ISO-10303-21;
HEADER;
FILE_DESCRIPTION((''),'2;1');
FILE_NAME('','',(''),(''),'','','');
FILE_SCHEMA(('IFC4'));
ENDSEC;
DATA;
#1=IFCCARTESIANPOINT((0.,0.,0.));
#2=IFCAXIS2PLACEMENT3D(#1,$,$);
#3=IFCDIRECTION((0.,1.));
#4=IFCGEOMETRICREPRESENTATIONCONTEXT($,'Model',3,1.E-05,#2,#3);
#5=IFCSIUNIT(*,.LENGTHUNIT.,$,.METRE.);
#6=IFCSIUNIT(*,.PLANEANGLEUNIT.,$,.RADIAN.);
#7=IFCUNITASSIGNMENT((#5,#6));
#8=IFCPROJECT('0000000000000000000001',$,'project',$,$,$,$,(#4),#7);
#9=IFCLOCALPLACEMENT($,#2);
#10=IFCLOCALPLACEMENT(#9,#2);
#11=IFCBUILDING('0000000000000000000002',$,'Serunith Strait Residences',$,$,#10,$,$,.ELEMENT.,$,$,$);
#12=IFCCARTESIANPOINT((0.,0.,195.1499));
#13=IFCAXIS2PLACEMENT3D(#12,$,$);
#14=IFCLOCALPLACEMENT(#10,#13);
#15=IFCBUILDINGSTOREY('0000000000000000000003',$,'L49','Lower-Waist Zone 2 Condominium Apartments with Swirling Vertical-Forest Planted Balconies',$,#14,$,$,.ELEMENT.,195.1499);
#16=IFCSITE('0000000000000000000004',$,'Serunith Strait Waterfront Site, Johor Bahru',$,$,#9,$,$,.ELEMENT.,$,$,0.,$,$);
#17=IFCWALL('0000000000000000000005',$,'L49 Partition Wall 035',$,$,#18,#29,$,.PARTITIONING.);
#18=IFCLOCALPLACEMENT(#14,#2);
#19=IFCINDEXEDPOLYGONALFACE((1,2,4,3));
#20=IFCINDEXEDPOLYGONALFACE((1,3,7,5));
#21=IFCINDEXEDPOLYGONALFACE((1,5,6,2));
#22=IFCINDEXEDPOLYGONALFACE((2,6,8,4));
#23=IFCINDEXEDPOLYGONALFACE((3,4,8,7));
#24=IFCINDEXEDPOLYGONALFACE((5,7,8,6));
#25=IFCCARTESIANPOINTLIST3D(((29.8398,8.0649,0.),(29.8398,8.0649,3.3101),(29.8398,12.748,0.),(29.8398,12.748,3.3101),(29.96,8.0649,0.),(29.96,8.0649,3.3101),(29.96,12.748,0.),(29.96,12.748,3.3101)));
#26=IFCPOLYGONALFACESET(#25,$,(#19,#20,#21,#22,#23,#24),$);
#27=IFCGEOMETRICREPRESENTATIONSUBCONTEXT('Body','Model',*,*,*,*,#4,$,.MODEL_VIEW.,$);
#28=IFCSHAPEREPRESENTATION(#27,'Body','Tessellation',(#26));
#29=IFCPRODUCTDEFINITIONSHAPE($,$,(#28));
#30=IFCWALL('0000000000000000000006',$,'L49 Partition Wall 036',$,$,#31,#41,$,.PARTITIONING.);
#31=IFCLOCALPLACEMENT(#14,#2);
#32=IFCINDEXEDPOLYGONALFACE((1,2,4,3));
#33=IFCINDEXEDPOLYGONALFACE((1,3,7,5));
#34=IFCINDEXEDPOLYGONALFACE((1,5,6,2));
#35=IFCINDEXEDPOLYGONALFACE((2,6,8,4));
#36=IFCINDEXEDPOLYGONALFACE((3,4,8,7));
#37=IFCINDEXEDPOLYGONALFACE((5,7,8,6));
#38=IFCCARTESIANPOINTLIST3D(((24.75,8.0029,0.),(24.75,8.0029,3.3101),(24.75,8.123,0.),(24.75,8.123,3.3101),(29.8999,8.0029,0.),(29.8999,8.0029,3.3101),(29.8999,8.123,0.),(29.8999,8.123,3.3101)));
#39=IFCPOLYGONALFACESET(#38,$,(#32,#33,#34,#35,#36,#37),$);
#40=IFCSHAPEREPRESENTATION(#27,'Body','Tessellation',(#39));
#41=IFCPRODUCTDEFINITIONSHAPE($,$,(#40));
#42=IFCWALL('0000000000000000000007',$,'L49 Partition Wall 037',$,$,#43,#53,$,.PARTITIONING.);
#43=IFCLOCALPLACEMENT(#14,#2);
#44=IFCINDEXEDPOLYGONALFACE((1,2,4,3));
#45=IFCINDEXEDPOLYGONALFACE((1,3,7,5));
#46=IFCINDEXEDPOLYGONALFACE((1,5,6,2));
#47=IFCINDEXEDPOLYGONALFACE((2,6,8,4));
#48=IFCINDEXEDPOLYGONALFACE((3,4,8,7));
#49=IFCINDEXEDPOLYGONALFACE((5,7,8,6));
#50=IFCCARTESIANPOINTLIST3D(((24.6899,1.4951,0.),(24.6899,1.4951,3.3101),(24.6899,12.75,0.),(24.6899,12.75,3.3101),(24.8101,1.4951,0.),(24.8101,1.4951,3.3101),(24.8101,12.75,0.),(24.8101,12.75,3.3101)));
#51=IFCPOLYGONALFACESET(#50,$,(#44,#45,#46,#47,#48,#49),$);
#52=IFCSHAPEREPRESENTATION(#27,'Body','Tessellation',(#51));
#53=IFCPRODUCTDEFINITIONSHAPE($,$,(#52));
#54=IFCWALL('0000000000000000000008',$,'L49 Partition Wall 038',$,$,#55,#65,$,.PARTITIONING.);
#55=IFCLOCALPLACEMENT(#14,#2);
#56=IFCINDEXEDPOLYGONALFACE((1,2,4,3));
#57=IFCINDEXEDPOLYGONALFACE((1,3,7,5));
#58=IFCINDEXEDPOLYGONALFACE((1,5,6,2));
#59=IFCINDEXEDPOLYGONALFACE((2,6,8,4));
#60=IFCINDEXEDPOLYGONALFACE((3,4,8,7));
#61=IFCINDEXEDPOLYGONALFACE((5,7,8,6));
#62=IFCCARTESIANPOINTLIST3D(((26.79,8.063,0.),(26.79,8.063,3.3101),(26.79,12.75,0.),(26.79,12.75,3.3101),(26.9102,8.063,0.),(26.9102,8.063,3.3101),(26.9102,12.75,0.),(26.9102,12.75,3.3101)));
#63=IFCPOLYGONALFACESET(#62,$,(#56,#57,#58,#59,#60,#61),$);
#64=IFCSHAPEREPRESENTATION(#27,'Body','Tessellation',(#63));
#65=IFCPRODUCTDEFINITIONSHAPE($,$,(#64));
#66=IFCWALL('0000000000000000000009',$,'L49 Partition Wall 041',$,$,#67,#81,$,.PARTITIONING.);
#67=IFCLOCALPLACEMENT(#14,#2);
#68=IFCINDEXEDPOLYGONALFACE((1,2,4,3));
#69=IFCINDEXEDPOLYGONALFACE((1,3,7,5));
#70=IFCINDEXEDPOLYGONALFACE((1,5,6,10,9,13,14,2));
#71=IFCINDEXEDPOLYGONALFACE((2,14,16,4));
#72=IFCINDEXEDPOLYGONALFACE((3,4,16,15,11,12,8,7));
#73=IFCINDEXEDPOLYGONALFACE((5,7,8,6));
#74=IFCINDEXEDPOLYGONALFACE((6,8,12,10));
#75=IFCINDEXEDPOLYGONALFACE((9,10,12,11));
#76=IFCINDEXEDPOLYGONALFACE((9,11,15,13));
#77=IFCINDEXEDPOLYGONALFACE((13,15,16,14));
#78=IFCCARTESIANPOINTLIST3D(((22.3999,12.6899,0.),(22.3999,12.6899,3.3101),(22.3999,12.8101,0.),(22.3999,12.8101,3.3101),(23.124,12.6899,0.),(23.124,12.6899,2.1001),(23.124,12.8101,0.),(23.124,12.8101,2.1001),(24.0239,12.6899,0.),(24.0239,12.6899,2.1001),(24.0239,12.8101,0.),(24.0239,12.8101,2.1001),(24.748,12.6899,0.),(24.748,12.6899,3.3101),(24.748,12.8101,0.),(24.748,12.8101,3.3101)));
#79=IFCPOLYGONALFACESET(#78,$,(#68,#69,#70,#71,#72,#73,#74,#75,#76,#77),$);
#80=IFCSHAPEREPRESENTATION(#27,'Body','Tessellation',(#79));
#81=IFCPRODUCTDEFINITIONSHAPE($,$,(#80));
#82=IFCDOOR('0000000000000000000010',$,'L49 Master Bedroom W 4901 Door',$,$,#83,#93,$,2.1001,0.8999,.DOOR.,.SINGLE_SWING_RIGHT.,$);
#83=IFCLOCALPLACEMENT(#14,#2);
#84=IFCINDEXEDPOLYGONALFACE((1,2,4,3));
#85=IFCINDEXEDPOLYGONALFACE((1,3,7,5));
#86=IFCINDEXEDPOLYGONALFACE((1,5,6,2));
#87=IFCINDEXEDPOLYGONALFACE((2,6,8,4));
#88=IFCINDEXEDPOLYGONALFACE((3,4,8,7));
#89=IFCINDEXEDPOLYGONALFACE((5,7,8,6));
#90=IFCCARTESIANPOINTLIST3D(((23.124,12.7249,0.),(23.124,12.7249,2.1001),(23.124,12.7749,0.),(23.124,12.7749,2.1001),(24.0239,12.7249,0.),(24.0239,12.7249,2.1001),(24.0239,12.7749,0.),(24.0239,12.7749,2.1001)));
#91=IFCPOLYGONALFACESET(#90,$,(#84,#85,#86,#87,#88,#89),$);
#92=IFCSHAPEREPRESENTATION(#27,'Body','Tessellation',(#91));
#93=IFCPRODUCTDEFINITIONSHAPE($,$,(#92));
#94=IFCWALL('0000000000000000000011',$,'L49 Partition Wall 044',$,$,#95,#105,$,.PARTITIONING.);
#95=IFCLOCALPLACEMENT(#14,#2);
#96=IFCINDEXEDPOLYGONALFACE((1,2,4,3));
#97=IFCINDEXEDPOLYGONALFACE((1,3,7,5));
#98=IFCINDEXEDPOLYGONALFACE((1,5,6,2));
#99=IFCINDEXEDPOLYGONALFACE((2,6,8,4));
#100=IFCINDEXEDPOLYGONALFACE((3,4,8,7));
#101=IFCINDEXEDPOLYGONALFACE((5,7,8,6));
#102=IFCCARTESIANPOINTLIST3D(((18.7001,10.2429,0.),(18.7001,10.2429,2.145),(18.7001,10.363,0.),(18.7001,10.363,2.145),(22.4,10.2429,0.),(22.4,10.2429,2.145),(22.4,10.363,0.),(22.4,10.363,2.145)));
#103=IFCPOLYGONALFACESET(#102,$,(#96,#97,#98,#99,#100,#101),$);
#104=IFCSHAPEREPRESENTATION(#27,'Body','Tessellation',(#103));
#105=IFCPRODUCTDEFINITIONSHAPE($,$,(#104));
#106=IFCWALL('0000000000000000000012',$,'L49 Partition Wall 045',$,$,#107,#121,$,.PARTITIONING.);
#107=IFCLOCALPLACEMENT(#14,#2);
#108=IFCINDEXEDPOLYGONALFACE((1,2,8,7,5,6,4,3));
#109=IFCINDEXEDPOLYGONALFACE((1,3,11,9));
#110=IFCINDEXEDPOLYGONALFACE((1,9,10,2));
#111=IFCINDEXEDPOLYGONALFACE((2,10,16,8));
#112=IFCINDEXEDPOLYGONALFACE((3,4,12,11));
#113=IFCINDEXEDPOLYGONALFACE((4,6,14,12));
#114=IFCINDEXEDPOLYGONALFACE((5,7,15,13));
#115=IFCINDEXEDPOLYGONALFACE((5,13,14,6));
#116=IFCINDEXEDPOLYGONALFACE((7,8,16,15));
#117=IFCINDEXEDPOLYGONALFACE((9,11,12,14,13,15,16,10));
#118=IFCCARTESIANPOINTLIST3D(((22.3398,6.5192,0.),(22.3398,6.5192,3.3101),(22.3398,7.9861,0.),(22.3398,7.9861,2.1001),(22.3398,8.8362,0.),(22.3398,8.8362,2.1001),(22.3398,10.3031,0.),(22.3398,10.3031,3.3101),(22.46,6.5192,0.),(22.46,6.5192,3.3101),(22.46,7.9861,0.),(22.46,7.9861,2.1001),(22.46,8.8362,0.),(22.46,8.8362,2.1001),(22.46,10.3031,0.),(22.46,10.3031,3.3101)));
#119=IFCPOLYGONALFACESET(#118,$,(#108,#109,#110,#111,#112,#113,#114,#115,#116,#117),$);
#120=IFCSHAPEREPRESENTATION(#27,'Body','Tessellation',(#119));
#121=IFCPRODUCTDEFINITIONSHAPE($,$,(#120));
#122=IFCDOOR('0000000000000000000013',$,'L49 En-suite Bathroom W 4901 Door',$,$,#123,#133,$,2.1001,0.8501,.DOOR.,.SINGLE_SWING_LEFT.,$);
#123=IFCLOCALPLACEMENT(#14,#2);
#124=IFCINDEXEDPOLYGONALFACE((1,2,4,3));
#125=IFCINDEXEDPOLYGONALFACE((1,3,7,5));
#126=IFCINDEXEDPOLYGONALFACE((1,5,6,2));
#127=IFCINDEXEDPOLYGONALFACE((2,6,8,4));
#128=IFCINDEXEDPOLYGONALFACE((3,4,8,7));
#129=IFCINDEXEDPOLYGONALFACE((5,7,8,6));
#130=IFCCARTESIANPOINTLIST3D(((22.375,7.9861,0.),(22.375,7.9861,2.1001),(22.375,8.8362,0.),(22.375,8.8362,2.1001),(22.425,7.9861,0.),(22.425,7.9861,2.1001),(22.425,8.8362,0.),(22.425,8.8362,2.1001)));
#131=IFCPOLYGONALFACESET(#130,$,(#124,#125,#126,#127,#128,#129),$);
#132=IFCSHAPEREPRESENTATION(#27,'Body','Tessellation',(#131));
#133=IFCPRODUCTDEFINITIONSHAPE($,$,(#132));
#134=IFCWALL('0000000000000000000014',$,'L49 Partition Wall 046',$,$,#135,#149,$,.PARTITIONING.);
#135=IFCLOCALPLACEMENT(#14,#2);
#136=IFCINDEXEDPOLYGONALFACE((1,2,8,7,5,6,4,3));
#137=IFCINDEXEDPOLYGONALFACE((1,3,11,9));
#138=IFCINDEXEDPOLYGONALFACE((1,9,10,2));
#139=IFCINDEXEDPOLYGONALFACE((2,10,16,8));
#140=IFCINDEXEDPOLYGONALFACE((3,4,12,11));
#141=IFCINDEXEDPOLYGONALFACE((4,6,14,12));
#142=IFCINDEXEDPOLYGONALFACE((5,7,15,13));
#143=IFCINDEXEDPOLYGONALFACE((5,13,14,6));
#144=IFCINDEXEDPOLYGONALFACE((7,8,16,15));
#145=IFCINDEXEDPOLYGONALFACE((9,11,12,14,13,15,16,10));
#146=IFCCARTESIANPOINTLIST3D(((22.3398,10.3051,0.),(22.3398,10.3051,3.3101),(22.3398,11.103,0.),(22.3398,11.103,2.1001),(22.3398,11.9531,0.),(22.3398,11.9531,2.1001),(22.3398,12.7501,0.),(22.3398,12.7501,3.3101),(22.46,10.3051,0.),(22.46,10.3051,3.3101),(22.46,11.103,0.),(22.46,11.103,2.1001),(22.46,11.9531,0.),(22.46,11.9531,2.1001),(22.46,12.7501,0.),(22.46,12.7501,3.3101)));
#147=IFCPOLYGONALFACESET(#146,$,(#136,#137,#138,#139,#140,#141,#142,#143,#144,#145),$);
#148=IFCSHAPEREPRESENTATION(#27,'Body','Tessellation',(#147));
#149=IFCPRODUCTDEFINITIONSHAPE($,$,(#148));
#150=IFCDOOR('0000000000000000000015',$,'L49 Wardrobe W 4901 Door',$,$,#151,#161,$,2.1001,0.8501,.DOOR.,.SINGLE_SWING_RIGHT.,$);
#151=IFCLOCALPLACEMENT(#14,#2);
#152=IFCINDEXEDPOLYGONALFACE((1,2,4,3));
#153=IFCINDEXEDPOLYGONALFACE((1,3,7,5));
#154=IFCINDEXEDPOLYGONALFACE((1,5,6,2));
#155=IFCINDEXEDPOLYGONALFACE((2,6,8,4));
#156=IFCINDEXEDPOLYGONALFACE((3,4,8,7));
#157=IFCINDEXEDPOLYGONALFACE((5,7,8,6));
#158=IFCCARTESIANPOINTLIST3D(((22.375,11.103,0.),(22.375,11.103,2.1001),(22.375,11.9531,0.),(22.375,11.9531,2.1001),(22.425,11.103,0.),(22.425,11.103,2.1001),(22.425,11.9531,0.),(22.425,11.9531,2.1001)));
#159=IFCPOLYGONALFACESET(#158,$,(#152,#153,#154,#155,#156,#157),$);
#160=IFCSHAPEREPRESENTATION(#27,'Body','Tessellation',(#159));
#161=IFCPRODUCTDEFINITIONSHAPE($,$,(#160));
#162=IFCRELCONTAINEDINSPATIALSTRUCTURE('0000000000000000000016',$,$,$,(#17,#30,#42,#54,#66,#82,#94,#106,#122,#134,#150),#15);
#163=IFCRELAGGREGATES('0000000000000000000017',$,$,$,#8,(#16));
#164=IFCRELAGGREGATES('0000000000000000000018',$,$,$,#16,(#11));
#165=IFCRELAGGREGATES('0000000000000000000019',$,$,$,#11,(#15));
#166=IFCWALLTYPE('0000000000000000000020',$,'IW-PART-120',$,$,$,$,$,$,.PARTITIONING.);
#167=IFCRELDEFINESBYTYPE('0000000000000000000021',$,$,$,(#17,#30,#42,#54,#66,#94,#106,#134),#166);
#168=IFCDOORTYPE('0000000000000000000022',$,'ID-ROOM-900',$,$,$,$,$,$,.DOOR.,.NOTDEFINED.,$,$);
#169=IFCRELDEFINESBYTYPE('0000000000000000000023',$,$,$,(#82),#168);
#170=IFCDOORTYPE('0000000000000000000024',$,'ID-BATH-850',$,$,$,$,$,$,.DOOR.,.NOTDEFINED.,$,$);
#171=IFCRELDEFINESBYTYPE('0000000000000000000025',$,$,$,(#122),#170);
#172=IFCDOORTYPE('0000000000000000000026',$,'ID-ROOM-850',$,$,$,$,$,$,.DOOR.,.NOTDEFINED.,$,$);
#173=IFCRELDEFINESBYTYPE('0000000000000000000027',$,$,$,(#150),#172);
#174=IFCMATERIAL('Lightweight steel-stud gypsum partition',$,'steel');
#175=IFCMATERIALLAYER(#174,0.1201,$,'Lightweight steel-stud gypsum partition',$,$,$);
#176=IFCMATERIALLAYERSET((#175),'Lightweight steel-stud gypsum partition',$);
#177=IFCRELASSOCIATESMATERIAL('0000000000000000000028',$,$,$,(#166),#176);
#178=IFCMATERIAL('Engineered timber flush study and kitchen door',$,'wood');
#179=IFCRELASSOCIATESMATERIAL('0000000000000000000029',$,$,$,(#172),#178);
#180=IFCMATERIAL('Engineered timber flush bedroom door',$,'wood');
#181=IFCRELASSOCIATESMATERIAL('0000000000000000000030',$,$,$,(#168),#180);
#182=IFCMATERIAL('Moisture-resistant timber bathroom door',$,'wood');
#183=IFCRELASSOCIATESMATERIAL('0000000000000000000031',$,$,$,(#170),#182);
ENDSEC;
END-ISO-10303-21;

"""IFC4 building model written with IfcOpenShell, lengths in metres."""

from ifc_helpers import new_model, si_unit, direction, frame, frame_2d, origin, place, context, subcontext, project, spatial, rectangle, extrude, source, transform, mapped, material, layer, layer_set, type_object, element, fill, save


model = new_model("IFC4")

# Units and contexts
model_context = context("Model", 3, precision=1e-05, world=origin(), true_north=direction((0.0, 1.0)))
body_context = subcontext(model_context, "Body", "Model", "MODEL_VIEW")
ifc_project = project(units=[si_unit("LENGTHUNIT", "METRE"), si_unit("PLANEANGLEUNIT", "RADIAN")], contexts=[model_context])

# Site, building, storey
site_placement = place(None, origin())
site = spatial("IfcSite", under=ifc_project, at=site_placement, Name="Serunith Strait Waterfront Site, Johor Bahru", CompositionType="ELEMENT", RefElevation=0.0)
building_placement = place(site_placement, origin())
building = spatial("IfcBuilding", under=site, at=building_placement, Name="Serunith Strait Residences", CompositionType="ELEMENT")
storey_placement = place(building_placement, frame((0.0, 0.0, 195.1499)))
storey = spatial("IfcBuildingStorey", under=building, at=storey_placement, Name="L49", Description="Lower-Waist Zone 2 Condominium Apartments with Swirling Vertical-Forest Planted Balconies", CompositionType="ELEMENT", Elevation=195.1499)

# Shared definitions
ifc_material_1 = material(Name="Lightweight steel-stud gypsum partition", Category="steel")
ifc_layer_1 = layer(ifc_material_1, 0.1201, Name="Lightweight steel-stud gypsum partition")
ifc_layer_set_1 = layer_set([ifc_layer_1], Name="Lightweight steel-stud gypsum partition")
wall_type = type_object("IfcWallType", Name="IW-PART-120", PredefinedType="PARTITIONING", material=ifc_layer_set_1)
ifc_material_2 = material(Name="Engineered timber flush study and kitchen door", Category="wood")
door_type_1 = type_object("IfcDoorType", Name="ID-ROOM-850", OperationType="NOTDEFINED", PredefinedType="DOOR", material=ifc_material_2)
shared_shape_1 = source(origin(), body_context, "Body", "SweptSolid", [
    extrude(rectangle(XDim=0.8501, YDim=2.1001, at=frame_2d((0.425, 1.05))), frame((0.0, 0.0249, 0.0), z_axis=(0.0, -1.0, 0.0), x_axis=(1.0, 0.0, 0.0)), (0.0, 0.0, 1.0), 0.05),
])
ifc_material_3 = material(Name="Engineered timber flush bedroom door", Category="wood")
door_type_2 = type_object("IfcDoorType", Name="ID-ROOM-900", OperationType="NOTDEFINED", PredefinedType="DOOR", material=ifc_material_3)
shared_shape_2 = source(origin(), body_context, "Body", "SweptSolid", [
    extrude(rectangle(XDim=0.8999, YDim=2.1001, at=frame_2d((0.45, 1.05))), frame((0.0, 0.0249, 0.0), z_axis=(0.0, -1.0, 0.0), x_axis=(1.0, 0.0, 0.0)), (0.0, 0.0, 1.0), 0.05),
])

# Walls
wall_1_placement = place(storey_placement, frame((29.8999, 8.0649, 0.0), z_axis=(0.0, 0.0, 1.0), x_axis=(0.0, 1.0, 0.0)))
element("IfcWall", 1, at=wall_1_placement, inside=storey, type_object=wall_type, Name="L49 Partition Wall 035", PredefinedType="PARTITIONING", context=body_context, shape_type="SweptSolid", body=[
    extrude(rectangle(XDim=4.6831, YDim=0.1201, at=frame_2d((2.3416, 0.0))), origin(), (0.0, 0.0, 1.0), 3.3101),
])
wall_2_placement = place(storey_placement, frame((24.75, 8.063, 0.0), z_axis=(0.0, 0.0, 1.0), x_axis=(1.0, 0.0, 0.0)))
element("IfcWall", 2, at=wall_2_placement, inside=storey, type_object=wall_type, Name="L49 Partition Wall 036", PredefinedType="PARTITIONING", context=body_context, shape_type="SweptSolid", body=[
    extrude(rectangle(XDim=5.1499, YDim=0.1201, at=frame_2d((2.575, 0.0))), origin(), (0.0, 0.0, 1.0), 3.3101),
])
wall_3_placement = place(storey_placement, frame((24.75, 1.4951, 0.0), z_axis=(0.0, 0.0, 1.0), x_axis=(0.0, 1.0, 0.0)))
element("IfcWall", 3, at=wall_3_placement, inside=storey, type_object=wall_type, Name="L49 Partition Wall 037", PredefinedType="PARTITIONING", context=body_context, shape_type="SweptSolid", body=[
    extrude(rectangle(XDim=11.2549, YDim=0.1201, at=frame_2d((5.6274, 0.0))), origin(), (0.0, 0.0, 1.0), 3.3101),
])
wall_4_placement = place(storey_placement, frame((26.8501, 8.063, 0.0), z_axis=(0.0, 0.0, 1.0), x_axis=(0.0, 1.0, 0.0)))
element("IfcWall", 4, at=wall_4_placement, inside=storey, type_object=wall_type, Name="L49 Partition Wall 038", PredefinedType="PARTITIONING", context=body_context, shape_type="SweptSolid", body=[
    extrude(rectangle(XDim=4.687, YDim=0.1201, at=frame_2d((2.3435, 0.0))), origin(), (0.0, 0.0, 1.0), 3.3101),
])

# Wall, opening, door
wall_5_placement = place(storey_placement, frame((22.3999, 12.75, 0.0), z_axis=(0.0, 0.0, 1.0), x_axis=(1.0, 0.0, 0.0)))
wall_5 = element("IfcWall", 5, at=wall_5_placement, inside=storey, type_object=wall_type, Name="L49 Partition Wall 041", PredefinedType="PARTITIONING", context=body_context, shape_type="SweptSolid", body=[
    extrude(rectangle(XDim=2.3481, YDim=0.1201, at=frame_2d((1.1741, 0.0))), origin(), (0.0, 0.0, 1.0), 3.3101),
])
opening_1_placement = place(wall_5_placement, frame((0.7241, 0.0, 0.0)))
opening_1 = element("IfcOpeningElement", 6, at=opening_1_placement, cuts=wall_5, PredefinedType="OPENING", context=body_context, shape_type="SweptSolid", body=[
    extrude(rectangle(XDim=0.8999, YDim=2.1001, at=frame_2d((0.45, 1.05))), frame((0.0, 0.0701, 0.0), z_axis=(0.0, -1.0, 0.0), x_axis=(1.0, 0.0, 0.0)), (0.0, 0.0, 1.0), 0.1401),
])
door_1_placement = place(opening_1_placement, origin())
door_1 = element("IfcDoor", 7, at=door_1_placement, inside=storey, type_object=door_type_2, Name="L49 Master Bedroom W 4901 Door", OperationType="SINGLE_SWING_RIGHT", OverallHeight=2.1001, OverallWidth=0.8999, PredefinedType="DOOR", context=body_context, shape_type="MappedRepresentation", body=[
    mapped(shared_shape_2, transform((0.0, 0.0, 0.0), scale=1.0)),
])
fill(opening_1, door_1)

# Wall
wall_6_placement = place(storey_placement, frame((18.7, 10.303, 0.0), z_axis=(0.0, 0.0, 1.0), x_axis=(1.0, 0.0, 0.0)))
element("IfcWall", 8, at=wall_6_placement, inside=storey, type_object=wall_type, Name="L49 Partition Wall 044", PredefinedType="PARTITIONING", context=body_context, shape_type="SweptSolid", body=[
    extrude(rectangle(XDim=3.7, YDim=0.1201, at=frame_2d((1.8501, 0.0))), origin(), (0.0, 0.0, 1.0), 2.145),
])

# Walls, openings, doors
wall_7_placement = place(storey_placement, frame((22.3999, 6.519, 0.0), z_axis=(0.0, 0.0, 1.0), x_axis=(0.0, 1.0, 0.0)))
wall_7 = element("IfcWall", 9, at=wall_7_placement, inside=storey, type_object=wall_type, Name="L49 Partition Wall 045", PredefinedType="PARTITIONING", context=body_context, shape_type="SweptSolid", body=[
    extrude(rectangle(XDim=3.7839, YDim=0.1201, at=frame_2d((1.8921, 0.0))), origin(), (0.0, 0.0, 1.0), 3.3101),
])
opening_2_placement = place(wall_7_placement, frame((1.467, 0.0, 0.0)))
opening_2 = element("IfcOpeningElement", 10, at=opening_2_placement, cuts=wall_7, PredefinedType="OPENING", context=body_context, shape_type="SweptSolid", body=[
    extrude(rectangle(XDim=0.8501, YDim=2.1001, at=frame_2d((0.425, 1.05))), frame((0.0, 0.0701, 0.0), z_axis=(0.0, -1.0, 0.0), x_axis=(1.0, 0.0, 0.0)), (0.0, 0.0, 1.0), 0.1401),
])
ifc_material_4 = material(Name="Moisture-resistant timber bathroom door", Category="wood")
door_type_3 = type_object("IfcDoorType", Name="ID-BATH-850", OperationType="NOTDEFINED", PredefinedType="DOOR", material=ifc_material_4)
door_2_placement = place(opening_2_placement, origin())
door_2 = element("IfcDoor", 11, at=door_2_placement, inside=storey, type_object=door_type_3, Name="L49 En-suite Bathroom W 4901 Door", OperationType="SINGLE_SWING_LEFT", OverallHeight=2.1001, OverallWidth=0.8501, PredefinedType="DOOR", context=body_context, shape_type="MappedRepresentation", body=[
    mapped(shared_shape_1, transform((0.0, 0.0, 0.0), scale=1.0)),
])
fill(opening_2, door_2)
wall_8_placement = place(storey_placement, frame((22.3999, 10.3049, 0.0), z_axis=(0.0, 0.0, 1.0), x_axis=(0.0, 1.0, 0.0)))
wall_8 = element("IfcWall", 12, at=wall_8_placement, inside=storey, type_object=wall_type, Name="L49 Partition Wall 046", PredefinedType="PARTITIONING", context=body_context, shape_type="SweptSolid", body=[
    extrude(rectangle(XDim=2.4451, YDim=0.1201, at=frame_2d((1.2227, 0.0))), origin(), (0.0, 0.0, 1.0), 3.3101),
])
opening_3_placement = place(wall_8_placement, frame((0.7981, 0.0, 0.0)))
opening_3 = element("IfcOpeningElement", 13, at=opening_3_placement, cuts=wall_8, PredefinedType="OPENING", context=body_context, shape_type="SweptSolid", body=[
    extrude(rectangle(XDim=0.8501, YDim=2.1001, at=frame_2d((0.425, 1.05))), frame((0.0, 0.0701, 0.0), z_axis=(0.0, -1.0, 0.0), x_axis=(1.0, 0.0, 0.0)), (0.0, 0.0, 1.0), 0.1401),
])
door_3_placement = place(opening_3_placement, origin())
door_3 = element("IfcDoor", 14, at=door_3_placement, inside=storey, type_object=door_type_1, Name="L49 Wardrobe W 4901 Door", OperationType="SINGLE_SWING_RIGHT", OverallHeight=2.1001, OverallWidth=0.8501, PredefinedType="DOOR", context=body_context, shape_type="MappedRepresentation", body=[
    mapped(shared_shape_1, transform((0.0, 0.0, 0.0), scale=1.0)),
])
fill(opening_3, door_3)

save(model, "model.ifc")
